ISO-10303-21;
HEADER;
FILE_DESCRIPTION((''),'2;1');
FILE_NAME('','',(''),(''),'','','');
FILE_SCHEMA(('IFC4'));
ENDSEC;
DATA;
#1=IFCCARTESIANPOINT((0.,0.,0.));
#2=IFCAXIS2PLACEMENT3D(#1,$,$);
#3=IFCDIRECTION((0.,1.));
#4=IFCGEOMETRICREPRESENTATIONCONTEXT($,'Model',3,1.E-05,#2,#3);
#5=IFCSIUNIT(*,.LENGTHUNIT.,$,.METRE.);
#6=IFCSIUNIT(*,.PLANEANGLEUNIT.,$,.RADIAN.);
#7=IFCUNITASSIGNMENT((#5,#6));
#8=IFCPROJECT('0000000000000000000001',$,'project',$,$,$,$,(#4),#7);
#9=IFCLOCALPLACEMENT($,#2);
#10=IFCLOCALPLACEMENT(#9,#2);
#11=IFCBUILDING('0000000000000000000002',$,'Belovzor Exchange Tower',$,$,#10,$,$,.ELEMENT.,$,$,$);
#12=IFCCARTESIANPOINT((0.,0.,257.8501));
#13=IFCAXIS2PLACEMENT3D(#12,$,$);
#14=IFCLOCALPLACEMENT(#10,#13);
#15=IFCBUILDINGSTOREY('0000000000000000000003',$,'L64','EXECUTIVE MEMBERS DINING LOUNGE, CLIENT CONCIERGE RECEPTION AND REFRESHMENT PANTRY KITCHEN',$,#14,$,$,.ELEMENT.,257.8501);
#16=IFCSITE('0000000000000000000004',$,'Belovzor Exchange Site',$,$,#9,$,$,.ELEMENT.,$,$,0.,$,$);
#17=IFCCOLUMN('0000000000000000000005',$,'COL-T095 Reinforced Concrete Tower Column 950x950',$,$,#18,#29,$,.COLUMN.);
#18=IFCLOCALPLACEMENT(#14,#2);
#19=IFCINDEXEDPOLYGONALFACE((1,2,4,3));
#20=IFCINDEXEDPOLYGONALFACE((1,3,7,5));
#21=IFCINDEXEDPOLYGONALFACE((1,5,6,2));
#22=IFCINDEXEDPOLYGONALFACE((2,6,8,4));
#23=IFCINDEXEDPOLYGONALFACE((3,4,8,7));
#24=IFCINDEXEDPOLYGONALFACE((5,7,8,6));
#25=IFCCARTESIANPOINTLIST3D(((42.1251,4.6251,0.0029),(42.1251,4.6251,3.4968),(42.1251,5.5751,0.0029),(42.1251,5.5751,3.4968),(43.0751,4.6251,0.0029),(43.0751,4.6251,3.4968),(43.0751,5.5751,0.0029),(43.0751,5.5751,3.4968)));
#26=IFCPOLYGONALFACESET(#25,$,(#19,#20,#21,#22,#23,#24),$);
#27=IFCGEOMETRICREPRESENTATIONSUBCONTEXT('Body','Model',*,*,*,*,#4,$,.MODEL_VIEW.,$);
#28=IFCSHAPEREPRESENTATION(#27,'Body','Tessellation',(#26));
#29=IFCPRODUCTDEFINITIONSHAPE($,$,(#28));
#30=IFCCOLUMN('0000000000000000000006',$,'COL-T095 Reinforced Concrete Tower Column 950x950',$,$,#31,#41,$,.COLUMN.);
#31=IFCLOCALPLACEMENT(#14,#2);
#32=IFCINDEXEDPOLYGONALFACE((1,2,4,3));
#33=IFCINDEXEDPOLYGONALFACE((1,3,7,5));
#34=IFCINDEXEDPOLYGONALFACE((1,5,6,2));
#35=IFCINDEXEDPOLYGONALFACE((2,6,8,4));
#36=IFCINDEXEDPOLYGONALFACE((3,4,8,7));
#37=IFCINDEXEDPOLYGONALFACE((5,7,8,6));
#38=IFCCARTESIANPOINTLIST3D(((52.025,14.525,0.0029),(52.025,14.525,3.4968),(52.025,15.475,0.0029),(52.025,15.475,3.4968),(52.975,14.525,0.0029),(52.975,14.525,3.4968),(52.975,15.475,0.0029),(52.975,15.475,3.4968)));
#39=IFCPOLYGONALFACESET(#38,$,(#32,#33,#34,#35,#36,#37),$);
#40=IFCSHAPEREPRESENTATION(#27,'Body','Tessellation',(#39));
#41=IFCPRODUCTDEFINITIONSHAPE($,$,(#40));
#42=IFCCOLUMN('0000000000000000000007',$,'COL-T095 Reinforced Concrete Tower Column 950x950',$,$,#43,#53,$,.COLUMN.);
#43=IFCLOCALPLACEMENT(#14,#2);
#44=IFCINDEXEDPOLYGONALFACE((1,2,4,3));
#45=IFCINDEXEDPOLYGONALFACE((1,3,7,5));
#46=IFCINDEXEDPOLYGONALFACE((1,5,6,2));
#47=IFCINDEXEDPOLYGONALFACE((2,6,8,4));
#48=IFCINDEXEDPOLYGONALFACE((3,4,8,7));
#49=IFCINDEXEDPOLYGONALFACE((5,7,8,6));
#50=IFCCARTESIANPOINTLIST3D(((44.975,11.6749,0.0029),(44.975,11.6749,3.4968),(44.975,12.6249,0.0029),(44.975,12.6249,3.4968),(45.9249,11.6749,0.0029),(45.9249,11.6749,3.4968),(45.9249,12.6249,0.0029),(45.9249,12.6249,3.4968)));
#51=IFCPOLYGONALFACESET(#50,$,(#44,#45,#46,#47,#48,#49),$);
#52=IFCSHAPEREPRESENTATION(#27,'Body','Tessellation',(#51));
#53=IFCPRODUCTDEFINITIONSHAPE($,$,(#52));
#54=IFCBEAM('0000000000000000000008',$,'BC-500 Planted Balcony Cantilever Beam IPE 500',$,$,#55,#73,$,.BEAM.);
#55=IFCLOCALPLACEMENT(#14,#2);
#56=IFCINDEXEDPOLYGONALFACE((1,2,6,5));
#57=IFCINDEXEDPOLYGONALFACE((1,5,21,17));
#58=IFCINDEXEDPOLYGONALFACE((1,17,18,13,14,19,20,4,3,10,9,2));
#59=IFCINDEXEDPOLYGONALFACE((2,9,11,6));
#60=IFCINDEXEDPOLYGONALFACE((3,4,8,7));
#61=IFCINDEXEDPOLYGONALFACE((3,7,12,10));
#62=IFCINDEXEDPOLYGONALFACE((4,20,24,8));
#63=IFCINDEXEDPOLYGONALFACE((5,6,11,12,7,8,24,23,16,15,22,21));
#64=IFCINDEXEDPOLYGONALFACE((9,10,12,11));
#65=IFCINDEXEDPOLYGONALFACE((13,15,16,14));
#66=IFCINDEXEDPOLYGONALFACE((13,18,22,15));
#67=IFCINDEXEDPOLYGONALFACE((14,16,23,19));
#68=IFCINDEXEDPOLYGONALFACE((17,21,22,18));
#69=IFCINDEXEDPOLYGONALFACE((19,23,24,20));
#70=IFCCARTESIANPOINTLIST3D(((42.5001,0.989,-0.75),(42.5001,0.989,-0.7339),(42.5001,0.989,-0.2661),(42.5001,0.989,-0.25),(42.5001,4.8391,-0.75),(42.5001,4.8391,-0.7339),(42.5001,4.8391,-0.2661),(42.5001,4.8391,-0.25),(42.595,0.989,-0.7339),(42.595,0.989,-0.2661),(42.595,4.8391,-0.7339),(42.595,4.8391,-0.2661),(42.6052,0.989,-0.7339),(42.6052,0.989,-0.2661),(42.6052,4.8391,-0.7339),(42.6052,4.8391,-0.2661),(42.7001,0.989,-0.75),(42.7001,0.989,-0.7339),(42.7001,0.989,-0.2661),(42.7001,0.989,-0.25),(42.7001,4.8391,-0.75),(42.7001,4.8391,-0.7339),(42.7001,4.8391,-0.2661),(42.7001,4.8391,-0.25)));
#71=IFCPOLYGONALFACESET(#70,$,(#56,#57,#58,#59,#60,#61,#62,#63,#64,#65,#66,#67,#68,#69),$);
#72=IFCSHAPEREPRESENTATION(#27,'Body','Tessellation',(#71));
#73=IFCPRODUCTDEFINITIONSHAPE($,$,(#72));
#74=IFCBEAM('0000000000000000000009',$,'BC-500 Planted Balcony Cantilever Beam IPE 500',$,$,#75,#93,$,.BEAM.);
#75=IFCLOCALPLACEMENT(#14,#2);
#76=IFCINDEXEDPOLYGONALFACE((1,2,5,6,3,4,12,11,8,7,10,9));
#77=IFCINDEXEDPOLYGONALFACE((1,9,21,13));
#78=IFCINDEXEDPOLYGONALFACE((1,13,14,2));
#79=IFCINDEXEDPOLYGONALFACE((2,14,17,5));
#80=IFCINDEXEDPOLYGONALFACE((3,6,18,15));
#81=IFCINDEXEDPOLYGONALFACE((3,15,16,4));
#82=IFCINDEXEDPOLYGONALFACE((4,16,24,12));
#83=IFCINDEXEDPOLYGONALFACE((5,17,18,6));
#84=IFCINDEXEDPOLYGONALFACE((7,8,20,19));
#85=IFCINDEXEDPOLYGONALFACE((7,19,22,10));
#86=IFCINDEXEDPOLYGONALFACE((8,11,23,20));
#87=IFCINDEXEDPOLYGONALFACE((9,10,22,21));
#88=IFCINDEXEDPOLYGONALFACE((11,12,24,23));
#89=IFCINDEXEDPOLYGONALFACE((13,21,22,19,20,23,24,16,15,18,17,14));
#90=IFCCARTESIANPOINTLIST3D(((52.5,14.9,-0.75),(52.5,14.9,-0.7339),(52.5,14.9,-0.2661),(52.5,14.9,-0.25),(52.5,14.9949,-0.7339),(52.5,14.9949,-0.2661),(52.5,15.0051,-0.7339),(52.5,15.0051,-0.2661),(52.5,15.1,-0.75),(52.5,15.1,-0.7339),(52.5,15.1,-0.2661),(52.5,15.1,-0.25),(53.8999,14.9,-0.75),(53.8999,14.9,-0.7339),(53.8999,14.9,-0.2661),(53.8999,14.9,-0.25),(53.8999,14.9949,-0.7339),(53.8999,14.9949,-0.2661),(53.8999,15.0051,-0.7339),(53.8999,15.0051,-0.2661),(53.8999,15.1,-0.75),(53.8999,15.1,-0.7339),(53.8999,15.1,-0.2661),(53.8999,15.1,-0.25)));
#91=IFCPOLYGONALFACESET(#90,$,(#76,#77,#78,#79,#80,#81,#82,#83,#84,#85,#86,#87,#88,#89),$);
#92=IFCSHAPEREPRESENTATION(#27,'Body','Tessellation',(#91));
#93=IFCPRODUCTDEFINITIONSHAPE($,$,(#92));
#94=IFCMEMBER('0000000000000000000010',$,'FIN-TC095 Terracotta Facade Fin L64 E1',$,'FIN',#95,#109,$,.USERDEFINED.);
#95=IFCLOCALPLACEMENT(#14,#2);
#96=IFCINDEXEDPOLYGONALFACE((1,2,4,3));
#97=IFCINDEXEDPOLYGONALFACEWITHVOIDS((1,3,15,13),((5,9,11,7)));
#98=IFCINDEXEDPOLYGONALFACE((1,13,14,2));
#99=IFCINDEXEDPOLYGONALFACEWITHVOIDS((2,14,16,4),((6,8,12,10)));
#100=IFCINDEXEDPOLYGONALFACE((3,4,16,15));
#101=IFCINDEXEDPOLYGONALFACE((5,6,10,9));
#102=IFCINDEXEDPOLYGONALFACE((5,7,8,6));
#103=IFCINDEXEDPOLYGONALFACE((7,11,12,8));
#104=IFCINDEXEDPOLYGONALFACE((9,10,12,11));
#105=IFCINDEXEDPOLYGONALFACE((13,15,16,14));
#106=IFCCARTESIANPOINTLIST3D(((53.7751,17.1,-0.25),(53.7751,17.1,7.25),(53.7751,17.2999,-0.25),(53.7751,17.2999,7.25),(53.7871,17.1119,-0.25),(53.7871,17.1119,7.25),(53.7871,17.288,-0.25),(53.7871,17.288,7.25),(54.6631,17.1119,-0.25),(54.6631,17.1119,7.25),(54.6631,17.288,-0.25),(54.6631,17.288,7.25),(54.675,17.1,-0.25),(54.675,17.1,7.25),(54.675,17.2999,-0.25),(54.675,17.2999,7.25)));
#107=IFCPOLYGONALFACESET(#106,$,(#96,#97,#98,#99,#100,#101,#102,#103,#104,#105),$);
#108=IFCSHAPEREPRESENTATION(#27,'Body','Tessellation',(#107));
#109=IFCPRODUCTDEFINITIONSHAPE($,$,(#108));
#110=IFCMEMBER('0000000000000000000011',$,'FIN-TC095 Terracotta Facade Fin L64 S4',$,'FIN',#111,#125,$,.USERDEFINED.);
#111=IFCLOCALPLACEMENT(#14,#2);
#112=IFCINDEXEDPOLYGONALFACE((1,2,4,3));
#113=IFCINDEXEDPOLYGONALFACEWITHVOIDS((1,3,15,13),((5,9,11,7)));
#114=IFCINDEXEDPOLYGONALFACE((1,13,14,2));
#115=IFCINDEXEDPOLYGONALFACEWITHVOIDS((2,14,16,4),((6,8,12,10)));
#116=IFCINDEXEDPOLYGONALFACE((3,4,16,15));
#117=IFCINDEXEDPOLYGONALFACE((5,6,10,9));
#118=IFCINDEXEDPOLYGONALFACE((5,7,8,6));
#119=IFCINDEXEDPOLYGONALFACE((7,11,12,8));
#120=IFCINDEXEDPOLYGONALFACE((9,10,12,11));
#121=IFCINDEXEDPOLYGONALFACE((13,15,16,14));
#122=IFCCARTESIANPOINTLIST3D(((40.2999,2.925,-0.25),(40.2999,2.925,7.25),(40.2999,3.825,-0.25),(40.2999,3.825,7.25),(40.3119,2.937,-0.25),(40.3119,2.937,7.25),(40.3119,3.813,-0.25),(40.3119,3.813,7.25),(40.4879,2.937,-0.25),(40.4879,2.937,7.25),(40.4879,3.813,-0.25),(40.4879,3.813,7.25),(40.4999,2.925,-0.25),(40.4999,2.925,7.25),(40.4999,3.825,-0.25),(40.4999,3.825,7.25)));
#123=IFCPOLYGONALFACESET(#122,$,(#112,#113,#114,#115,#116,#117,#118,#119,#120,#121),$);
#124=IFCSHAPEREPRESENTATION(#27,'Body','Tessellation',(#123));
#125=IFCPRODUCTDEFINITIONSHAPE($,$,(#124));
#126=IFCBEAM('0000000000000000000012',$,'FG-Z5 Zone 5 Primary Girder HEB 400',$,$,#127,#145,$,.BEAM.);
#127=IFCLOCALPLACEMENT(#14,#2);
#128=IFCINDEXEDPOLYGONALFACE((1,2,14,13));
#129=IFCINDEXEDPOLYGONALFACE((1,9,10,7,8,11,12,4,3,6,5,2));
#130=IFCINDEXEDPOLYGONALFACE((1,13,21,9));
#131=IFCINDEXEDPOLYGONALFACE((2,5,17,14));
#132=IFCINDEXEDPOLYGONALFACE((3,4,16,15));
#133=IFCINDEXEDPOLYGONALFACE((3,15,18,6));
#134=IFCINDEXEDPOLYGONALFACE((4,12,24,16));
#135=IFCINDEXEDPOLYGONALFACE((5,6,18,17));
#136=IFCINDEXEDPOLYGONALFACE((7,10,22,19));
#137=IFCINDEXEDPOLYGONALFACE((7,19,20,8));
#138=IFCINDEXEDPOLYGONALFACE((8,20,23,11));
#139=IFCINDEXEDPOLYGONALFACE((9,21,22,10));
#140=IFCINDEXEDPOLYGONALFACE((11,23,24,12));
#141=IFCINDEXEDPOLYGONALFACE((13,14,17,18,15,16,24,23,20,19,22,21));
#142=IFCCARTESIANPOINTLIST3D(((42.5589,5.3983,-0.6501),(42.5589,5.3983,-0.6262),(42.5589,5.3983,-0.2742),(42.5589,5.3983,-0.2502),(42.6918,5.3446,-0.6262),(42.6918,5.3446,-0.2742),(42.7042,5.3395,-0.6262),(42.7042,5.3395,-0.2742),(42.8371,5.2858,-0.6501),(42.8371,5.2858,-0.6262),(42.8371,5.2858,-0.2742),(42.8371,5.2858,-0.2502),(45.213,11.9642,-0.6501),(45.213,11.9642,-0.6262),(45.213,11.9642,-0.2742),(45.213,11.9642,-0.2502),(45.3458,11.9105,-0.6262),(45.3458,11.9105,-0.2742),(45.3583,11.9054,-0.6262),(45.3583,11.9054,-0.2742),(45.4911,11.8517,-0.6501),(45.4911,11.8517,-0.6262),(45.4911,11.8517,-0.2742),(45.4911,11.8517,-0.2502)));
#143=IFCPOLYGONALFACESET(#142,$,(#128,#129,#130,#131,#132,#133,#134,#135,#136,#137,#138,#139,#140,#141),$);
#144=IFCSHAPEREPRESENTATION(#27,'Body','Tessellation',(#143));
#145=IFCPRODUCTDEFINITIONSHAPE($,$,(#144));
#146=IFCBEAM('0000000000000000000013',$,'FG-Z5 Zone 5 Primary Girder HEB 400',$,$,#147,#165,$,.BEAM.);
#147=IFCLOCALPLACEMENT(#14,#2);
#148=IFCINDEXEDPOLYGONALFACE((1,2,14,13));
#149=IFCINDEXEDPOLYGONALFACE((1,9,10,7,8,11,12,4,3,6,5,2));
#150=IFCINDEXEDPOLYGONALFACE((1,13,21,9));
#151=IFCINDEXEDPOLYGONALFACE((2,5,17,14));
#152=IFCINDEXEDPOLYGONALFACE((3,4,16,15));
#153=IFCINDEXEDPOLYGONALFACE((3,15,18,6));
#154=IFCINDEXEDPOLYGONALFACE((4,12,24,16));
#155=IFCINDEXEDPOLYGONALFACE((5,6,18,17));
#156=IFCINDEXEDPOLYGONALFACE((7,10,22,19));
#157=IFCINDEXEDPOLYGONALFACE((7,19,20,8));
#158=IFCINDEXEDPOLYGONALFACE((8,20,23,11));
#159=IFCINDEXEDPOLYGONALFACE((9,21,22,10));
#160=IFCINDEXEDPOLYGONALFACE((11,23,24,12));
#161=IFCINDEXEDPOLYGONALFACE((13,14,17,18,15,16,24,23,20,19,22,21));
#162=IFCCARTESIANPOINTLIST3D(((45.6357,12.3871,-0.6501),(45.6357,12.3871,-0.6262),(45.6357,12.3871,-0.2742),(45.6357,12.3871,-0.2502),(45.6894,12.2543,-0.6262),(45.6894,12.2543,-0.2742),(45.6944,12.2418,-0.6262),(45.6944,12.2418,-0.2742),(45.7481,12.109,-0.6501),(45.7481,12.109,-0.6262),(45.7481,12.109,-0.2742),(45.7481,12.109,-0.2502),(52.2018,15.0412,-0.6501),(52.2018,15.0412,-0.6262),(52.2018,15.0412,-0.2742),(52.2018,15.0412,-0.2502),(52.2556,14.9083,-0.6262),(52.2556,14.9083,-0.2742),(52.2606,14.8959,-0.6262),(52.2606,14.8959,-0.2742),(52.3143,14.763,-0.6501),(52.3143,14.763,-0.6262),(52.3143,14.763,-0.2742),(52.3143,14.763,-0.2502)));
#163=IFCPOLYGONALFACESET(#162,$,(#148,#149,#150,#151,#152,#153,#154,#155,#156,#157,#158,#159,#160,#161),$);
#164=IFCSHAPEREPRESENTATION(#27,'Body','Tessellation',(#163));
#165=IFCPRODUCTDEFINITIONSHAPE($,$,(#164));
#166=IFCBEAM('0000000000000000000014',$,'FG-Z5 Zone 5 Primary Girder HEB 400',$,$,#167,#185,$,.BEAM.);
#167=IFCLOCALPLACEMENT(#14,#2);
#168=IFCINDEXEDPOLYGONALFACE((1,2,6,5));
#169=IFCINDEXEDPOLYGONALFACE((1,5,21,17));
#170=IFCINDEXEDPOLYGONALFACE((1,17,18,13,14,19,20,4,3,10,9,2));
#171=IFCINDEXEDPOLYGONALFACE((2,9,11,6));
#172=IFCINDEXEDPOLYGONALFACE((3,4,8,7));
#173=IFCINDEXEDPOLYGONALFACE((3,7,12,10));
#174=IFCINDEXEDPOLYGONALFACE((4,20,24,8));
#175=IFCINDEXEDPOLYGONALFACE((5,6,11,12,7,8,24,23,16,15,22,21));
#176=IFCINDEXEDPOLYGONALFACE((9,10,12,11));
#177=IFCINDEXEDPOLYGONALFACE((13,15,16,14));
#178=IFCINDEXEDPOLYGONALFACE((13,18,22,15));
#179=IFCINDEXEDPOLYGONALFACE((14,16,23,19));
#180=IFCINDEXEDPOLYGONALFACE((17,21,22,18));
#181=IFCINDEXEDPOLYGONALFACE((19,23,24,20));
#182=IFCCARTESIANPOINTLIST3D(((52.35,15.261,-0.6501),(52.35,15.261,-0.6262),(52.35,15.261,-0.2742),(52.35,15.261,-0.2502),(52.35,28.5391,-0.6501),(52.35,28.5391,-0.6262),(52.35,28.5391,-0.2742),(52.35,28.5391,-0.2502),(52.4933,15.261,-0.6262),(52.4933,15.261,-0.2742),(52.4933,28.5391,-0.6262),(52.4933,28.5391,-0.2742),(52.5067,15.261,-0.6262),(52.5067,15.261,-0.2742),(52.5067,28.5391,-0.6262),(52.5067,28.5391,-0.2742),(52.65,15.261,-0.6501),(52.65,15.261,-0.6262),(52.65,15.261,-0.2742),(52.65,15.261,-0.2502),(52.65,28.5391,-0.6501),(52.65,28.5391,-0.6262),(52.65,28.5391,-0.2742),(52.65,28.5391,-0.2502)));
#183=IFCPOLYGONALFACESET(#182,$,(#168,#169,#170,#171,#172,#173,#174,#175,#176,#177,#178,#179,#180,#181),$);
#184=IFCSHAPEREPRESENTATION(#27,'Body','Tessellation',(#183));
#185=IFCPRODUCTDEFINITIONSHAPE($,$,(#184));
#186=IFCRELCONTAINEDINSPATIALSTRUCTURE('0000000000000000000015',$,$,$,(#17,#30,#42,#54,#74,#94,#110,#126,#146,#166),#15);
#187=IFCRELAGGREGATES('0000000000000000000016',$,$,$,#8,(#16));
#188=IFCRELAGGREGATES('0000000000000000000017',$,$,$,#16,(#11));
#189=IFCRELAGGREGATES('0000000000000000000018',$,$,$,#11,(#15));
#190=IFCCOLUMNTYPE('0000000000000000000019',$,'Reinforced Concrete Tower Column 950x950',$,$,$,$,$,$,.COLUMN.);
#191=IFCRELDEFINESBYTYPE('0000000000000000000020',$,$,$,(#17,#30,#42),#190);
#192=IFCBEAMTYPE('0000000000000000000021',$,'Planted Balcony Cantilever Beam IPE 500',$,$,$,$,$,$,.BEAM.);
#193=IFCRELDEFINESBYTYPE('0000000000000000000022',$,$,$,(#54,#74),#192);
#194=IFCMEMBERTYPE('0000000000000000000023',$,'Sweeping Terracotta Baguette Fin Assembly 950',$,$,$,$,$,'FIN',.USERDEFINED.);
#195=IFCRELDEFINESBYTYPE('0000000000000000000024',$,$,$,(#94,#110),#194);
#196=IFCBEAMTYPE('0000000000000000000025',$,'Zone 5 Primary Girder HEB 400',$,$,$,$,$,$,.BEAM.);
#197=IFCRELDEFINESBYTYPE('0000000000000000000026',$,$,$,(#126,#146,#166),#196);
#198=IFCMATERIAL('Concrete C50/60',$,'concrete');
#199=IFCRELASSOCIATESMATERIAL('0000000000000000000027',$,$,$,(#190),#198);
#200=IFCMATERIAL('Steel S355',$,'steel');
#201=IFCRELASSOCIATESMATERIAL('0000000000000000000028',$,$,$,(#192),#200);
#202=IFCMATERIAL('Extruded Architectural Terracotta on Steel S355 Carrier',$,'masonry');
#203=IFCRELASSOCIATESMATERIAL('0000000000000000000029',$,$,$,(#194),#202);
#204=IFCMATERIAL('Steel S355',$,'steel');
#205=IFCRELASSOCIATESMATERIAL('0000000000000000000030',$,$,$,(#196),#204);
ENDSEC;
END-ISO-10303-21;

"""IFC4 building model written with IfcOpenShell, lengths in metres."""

from ifc_helpers import new_model, si_unit, direction, frame, origin, origin_2d, place, context, subcontext, project, spatial, rectangle, hollow_rectangle, i_section, extrude, material, material_profile, profile_set, type_object, element, save


model = new_model("IFC4")

# Units and contexts
model_context = context("Model", 3, precision=1e-05, world=origin(), true_north=direction((0.0, 1.0)))
body_context = subcontext(model_context, "Body", "Model", "MODEL_VIEW")
ifc_project = project(units=[si_unit("LENGTHUNIT", "METRE"), si_unit("PLANEANGLEUNIT", "RADIAN")], contexts=[model_context])

# Site, building, storey
site_placement = place(None, origin())
site = spatial("IfcSite", under=ifc_project, at=site_placement, Name="Belovzor Exchange Site", CompositionType="ELEMENT", RefElevation=0.0)
building_placement = place(site_placement, origin())
building = spatial("IfcBuilding", under=site, at=building_placement, Name="Belovzor Exchange Tower", CompositionType="ELEMENT")
storey_placement = place(building_placement, frame((0.0, 0.0, 257.8501)))
storey = spatial("IfcBuildingStorey", under=building, at=storey_placement, Name="L64", Description="EXECUTIVE MEMBERS DINING LOUNGE, CLIENT CONCIERGE RECEPTION AND REFRESHMENT PANTRY KITCHEN", CompositionType="ELEMENT", Elevation=257.8501)

# Columns
ifc_material_1 = material(Name="Concrete C50/60", Category="concrete")
ifc_material_profile_1 = material_profile(ifc_material_1, rectangle(XDim=0.95, YDim=0.95, at=origin_2d()))
ifc_profile_set_1 = profile_set([ifc_material_profile_1], Name="Concrete C50/60")
column_type = type_object("IfcColumnType", Name="Reinforced Concrete Tower Column 950x950", PredefinedType="COLUMN", material=ifc_profile_set_1)
for number, where, z_axis, x_axis, name in (
    (1, (42.6001, 5.1001, 0.0029), (0.0, 0.0, 1.0), (1.0, 0.0, 0.0), "COL-T095 Reinforced Concrete Tower Column 950x950"),
    (2, (52.5, 15.0, 0.0029), (0.0, 0.0, 1.0), (1.0, 0.0, 0.0), "COL-T095 Reinforced Concrete Tower Column 950x950"),
    (3, (45.45, 12.1499, 0.0029), (0.0, 0.0, 1.0), (1.0, 0.0, 0.0), "COL-T095 Reinforced Concrete Tower Column 950x950"),
):
    element("IfcColumn", number, at=place(storey_placement, frame(where, z_axis=z_axis, x_axis=x_axis)), inside=storey, type_object=column_type, Name=name, PredefinedType="COLUMN", context=body_context, shape_type="SweptSolid", body=[
        extrude(rectangle(XDim=0.95, YDim=0.95, at=origin_2d()), origin(), (0.0, 0.0, 1.0), 3.4939),
    ])

# Beams
ifc_material_2 = material(Name="Steel S355", Category="steel")
ifc_material_profile_2 = material_profile(ifc_material_2, i_section(OverallWidth=0.2, OverallDepth=0.5, WebThickness=0.0103, FlangeThickness=0.0161, at=origin_2d()))
ifc_profile_set_2 = profile_set([ifc_material_profile_2], Name="Steel S355")
beam_type_1 = type_object("IfcBeamType", Name="Planted Balcony Cantilever Beam IPE 500", PredefinedType="BEAM", material=ifc_profile_set_2)
beam_1_placement = place(storey_placement, frame((42.6001, 4.8391, -0.5), z_axis=(0.0, -1.0, 0.0), x_axis=(1.0, 0.0, 0.0)))
element("IfcBeam", 4, at=beam_1_placement, inside=storey, type_object=beam_type_1, Name="BC-500 Planted Balcony Cantilever Beam IPE 500", PredefinedType="BEAM", context=body_context, shape_type="SweptSolid", body=[
    extrude(i_section(OverallWidth=0.2, OverallDepth=0.5, WebThickness=0.0103, FlangeThickness=0.0161, at=origin_2d()), origin(), (0.0, 0.0, 1.0), 3.8501),
])
beam_2_placement = place(storey_placement, frame((52.5, 15.0, -0.5), z_axis=(1.0, 0.0, 0.0), x_axis=(0.0, 1.0, 0.0)))
element("IfcBeam", 5, at=beam_2_placement, inside=storey, type_object=beam_type_1, Name="BC-500 Planted Balcony Cantilever Beam IPE 500", PredefinedType="BEAM", context=body_context, shape_type="SweptSolid", body=[
    extrude(i_section(OverallWidth=0.2, OverallDepth=0.5, WebThickness=0.0103, FlangeThickness=0.0161, at=origin_2d()), origin(), (0.0, 0.0, 1.0), 1.3999),
])

# Members
ifc_material_3 = material(Name="Extruded Architectural Terracotta on Steel S355 Carrier", Category="masonry")
ifc_material_profile_3 = material_profile(ifc_material_3, hollow_rectangle(XDim=0.2, YDim=0.8999, WallThickness=0.012, at=origin_2d()))
ifc_profile_set_3 = profile_set([ifc_material_profile_3], Name="Extruded Architectural Terracotta on Steel S355 Carrier")
member_type = type_object("IfcMemberType", Name="Sweeping Terracotta Baguette Fin Assembly 950", ElementType="FIN", PredefinedType="USERDEFINED", material=ifc_profile_set_3)
for number, where, z_axis, x_axis, name in (
    (6, (54.2251, 17.2, -0.25), (0.0, 0.0, 1.0), (0.0, 1.0, 0.0), "FIN-TC095 Terracotta Facade Fin L64 E1"),
    (7, (40.3999, 3.375, -0.25), (0.0, 0.0, 1.0), (1.0, 0.0, 0.0), "FIN-TC095 Terracotta Facade Fin L64 S4"),
):
    element("IfcMember", number, at=place(storey_placement, frame(where, z_axis=z_axis, x_axis=x_axis)), inside=storey, type_object=member_type, Name=name, ObjectType="FIN", PredefinedType="USERDEFINED", context=body_context, shape_type="SweptSolid", body=[
        extrude(hollow_rectangle(XDim=0.2, YDim=0.8999, WallThickness=0.012, at=origin_2d()), origin(), (0.0, 0.0, 1.0), 7.5),
    ])

# Beams
ifc_material_4 = material(Name="Steel S355", Category="steel")
ifc_material_profile_4 = material_profile(ifc_material_4, i_section(OverallWidth=0.3, OverallDepth=0.3999, WebThickness=0.0134, FlangeThickness=0.0239, at=origin_2d()))
ifc_profile_set_4 = profile_set([ifc_material_profile_4], Name="Steel S355")
beam_type_2 = type_object("IfcBeamType", Name="Zone 5 Primary Girder HEB 400", PredefinedType="BEAM", material=ifc_profile_set_4)
beam_3_placement = place(storey_placement, frame((42.698, 5.342, -0.4502), z_axis=(0.374758, 0.927123, 0.0), x_axis=(-0.927123, 0.374758, 0.0)))
element("IfcBeam", 8, at=beam_3_placement, inside=storey, type_object=beam_type_2, Name="FG-Z5 Zone 5 Primary Girder HEB 400", PredefinedType="BEAM", context=body_context, shape_type="SweptSolid", body=[
    extrude(i_section(OverallWidth=0.3, OverallDepth=0.3999, WebThickness=0.0134, FlangeThickness=0.0239, at=origin_2d()), origin(), (0.0, 0.0, 1.0), 7.082),
])
beam_4_placement = place(storey_placement, frame((45.6919, 12.248, -0.4502), z_axis=(0.927127, 0.374746, 0.0), x_axis=(-0.374746, 0.927127, 0.0)))
element("IfcBeam", 9, at=beam_4_placement, inside=storey, type_object=beam_type_2, Name="FG-Z5 Zone 5 Primary Girder HEB 400", PredefinedType="BEAM", context=body_context, shape_type="SweptSolid", body=[
    extrude(i_section(OverallWidth=0.3, OverallDepth=0.3999, WebThickness=0.0134, FlangeThickness=0.0239, at=origin_2d()), origin(), (0.0, 0.0, 1.0), 7.0823),
])
beam_5_placement = place(storey_placement, frame((52.5, 15.261, -0.4502), z_axis=(0.0, 1.0, 0.0), x_axis=(-1.0, 0.0, 0.0)))
element("IfcBeam", 10, at=beam_5_placement, inside=storey, type_object=beam_type_2, Name="FG-Z5 Zone 5 Primary Girder HEB 400", PredefinedType="BEAM", context=body_context, shape_type="SweptSolid", body=[
    extrude(i_section(OverallWidth=0.3, OverallDepth=0.3999, WebThickness=0.0134, FlangeThickness=0.0239, at=origin_2d()), origin(), (0.0, 0.0, 1.0), 13.2781),
])

save(model, "model.ifc")
